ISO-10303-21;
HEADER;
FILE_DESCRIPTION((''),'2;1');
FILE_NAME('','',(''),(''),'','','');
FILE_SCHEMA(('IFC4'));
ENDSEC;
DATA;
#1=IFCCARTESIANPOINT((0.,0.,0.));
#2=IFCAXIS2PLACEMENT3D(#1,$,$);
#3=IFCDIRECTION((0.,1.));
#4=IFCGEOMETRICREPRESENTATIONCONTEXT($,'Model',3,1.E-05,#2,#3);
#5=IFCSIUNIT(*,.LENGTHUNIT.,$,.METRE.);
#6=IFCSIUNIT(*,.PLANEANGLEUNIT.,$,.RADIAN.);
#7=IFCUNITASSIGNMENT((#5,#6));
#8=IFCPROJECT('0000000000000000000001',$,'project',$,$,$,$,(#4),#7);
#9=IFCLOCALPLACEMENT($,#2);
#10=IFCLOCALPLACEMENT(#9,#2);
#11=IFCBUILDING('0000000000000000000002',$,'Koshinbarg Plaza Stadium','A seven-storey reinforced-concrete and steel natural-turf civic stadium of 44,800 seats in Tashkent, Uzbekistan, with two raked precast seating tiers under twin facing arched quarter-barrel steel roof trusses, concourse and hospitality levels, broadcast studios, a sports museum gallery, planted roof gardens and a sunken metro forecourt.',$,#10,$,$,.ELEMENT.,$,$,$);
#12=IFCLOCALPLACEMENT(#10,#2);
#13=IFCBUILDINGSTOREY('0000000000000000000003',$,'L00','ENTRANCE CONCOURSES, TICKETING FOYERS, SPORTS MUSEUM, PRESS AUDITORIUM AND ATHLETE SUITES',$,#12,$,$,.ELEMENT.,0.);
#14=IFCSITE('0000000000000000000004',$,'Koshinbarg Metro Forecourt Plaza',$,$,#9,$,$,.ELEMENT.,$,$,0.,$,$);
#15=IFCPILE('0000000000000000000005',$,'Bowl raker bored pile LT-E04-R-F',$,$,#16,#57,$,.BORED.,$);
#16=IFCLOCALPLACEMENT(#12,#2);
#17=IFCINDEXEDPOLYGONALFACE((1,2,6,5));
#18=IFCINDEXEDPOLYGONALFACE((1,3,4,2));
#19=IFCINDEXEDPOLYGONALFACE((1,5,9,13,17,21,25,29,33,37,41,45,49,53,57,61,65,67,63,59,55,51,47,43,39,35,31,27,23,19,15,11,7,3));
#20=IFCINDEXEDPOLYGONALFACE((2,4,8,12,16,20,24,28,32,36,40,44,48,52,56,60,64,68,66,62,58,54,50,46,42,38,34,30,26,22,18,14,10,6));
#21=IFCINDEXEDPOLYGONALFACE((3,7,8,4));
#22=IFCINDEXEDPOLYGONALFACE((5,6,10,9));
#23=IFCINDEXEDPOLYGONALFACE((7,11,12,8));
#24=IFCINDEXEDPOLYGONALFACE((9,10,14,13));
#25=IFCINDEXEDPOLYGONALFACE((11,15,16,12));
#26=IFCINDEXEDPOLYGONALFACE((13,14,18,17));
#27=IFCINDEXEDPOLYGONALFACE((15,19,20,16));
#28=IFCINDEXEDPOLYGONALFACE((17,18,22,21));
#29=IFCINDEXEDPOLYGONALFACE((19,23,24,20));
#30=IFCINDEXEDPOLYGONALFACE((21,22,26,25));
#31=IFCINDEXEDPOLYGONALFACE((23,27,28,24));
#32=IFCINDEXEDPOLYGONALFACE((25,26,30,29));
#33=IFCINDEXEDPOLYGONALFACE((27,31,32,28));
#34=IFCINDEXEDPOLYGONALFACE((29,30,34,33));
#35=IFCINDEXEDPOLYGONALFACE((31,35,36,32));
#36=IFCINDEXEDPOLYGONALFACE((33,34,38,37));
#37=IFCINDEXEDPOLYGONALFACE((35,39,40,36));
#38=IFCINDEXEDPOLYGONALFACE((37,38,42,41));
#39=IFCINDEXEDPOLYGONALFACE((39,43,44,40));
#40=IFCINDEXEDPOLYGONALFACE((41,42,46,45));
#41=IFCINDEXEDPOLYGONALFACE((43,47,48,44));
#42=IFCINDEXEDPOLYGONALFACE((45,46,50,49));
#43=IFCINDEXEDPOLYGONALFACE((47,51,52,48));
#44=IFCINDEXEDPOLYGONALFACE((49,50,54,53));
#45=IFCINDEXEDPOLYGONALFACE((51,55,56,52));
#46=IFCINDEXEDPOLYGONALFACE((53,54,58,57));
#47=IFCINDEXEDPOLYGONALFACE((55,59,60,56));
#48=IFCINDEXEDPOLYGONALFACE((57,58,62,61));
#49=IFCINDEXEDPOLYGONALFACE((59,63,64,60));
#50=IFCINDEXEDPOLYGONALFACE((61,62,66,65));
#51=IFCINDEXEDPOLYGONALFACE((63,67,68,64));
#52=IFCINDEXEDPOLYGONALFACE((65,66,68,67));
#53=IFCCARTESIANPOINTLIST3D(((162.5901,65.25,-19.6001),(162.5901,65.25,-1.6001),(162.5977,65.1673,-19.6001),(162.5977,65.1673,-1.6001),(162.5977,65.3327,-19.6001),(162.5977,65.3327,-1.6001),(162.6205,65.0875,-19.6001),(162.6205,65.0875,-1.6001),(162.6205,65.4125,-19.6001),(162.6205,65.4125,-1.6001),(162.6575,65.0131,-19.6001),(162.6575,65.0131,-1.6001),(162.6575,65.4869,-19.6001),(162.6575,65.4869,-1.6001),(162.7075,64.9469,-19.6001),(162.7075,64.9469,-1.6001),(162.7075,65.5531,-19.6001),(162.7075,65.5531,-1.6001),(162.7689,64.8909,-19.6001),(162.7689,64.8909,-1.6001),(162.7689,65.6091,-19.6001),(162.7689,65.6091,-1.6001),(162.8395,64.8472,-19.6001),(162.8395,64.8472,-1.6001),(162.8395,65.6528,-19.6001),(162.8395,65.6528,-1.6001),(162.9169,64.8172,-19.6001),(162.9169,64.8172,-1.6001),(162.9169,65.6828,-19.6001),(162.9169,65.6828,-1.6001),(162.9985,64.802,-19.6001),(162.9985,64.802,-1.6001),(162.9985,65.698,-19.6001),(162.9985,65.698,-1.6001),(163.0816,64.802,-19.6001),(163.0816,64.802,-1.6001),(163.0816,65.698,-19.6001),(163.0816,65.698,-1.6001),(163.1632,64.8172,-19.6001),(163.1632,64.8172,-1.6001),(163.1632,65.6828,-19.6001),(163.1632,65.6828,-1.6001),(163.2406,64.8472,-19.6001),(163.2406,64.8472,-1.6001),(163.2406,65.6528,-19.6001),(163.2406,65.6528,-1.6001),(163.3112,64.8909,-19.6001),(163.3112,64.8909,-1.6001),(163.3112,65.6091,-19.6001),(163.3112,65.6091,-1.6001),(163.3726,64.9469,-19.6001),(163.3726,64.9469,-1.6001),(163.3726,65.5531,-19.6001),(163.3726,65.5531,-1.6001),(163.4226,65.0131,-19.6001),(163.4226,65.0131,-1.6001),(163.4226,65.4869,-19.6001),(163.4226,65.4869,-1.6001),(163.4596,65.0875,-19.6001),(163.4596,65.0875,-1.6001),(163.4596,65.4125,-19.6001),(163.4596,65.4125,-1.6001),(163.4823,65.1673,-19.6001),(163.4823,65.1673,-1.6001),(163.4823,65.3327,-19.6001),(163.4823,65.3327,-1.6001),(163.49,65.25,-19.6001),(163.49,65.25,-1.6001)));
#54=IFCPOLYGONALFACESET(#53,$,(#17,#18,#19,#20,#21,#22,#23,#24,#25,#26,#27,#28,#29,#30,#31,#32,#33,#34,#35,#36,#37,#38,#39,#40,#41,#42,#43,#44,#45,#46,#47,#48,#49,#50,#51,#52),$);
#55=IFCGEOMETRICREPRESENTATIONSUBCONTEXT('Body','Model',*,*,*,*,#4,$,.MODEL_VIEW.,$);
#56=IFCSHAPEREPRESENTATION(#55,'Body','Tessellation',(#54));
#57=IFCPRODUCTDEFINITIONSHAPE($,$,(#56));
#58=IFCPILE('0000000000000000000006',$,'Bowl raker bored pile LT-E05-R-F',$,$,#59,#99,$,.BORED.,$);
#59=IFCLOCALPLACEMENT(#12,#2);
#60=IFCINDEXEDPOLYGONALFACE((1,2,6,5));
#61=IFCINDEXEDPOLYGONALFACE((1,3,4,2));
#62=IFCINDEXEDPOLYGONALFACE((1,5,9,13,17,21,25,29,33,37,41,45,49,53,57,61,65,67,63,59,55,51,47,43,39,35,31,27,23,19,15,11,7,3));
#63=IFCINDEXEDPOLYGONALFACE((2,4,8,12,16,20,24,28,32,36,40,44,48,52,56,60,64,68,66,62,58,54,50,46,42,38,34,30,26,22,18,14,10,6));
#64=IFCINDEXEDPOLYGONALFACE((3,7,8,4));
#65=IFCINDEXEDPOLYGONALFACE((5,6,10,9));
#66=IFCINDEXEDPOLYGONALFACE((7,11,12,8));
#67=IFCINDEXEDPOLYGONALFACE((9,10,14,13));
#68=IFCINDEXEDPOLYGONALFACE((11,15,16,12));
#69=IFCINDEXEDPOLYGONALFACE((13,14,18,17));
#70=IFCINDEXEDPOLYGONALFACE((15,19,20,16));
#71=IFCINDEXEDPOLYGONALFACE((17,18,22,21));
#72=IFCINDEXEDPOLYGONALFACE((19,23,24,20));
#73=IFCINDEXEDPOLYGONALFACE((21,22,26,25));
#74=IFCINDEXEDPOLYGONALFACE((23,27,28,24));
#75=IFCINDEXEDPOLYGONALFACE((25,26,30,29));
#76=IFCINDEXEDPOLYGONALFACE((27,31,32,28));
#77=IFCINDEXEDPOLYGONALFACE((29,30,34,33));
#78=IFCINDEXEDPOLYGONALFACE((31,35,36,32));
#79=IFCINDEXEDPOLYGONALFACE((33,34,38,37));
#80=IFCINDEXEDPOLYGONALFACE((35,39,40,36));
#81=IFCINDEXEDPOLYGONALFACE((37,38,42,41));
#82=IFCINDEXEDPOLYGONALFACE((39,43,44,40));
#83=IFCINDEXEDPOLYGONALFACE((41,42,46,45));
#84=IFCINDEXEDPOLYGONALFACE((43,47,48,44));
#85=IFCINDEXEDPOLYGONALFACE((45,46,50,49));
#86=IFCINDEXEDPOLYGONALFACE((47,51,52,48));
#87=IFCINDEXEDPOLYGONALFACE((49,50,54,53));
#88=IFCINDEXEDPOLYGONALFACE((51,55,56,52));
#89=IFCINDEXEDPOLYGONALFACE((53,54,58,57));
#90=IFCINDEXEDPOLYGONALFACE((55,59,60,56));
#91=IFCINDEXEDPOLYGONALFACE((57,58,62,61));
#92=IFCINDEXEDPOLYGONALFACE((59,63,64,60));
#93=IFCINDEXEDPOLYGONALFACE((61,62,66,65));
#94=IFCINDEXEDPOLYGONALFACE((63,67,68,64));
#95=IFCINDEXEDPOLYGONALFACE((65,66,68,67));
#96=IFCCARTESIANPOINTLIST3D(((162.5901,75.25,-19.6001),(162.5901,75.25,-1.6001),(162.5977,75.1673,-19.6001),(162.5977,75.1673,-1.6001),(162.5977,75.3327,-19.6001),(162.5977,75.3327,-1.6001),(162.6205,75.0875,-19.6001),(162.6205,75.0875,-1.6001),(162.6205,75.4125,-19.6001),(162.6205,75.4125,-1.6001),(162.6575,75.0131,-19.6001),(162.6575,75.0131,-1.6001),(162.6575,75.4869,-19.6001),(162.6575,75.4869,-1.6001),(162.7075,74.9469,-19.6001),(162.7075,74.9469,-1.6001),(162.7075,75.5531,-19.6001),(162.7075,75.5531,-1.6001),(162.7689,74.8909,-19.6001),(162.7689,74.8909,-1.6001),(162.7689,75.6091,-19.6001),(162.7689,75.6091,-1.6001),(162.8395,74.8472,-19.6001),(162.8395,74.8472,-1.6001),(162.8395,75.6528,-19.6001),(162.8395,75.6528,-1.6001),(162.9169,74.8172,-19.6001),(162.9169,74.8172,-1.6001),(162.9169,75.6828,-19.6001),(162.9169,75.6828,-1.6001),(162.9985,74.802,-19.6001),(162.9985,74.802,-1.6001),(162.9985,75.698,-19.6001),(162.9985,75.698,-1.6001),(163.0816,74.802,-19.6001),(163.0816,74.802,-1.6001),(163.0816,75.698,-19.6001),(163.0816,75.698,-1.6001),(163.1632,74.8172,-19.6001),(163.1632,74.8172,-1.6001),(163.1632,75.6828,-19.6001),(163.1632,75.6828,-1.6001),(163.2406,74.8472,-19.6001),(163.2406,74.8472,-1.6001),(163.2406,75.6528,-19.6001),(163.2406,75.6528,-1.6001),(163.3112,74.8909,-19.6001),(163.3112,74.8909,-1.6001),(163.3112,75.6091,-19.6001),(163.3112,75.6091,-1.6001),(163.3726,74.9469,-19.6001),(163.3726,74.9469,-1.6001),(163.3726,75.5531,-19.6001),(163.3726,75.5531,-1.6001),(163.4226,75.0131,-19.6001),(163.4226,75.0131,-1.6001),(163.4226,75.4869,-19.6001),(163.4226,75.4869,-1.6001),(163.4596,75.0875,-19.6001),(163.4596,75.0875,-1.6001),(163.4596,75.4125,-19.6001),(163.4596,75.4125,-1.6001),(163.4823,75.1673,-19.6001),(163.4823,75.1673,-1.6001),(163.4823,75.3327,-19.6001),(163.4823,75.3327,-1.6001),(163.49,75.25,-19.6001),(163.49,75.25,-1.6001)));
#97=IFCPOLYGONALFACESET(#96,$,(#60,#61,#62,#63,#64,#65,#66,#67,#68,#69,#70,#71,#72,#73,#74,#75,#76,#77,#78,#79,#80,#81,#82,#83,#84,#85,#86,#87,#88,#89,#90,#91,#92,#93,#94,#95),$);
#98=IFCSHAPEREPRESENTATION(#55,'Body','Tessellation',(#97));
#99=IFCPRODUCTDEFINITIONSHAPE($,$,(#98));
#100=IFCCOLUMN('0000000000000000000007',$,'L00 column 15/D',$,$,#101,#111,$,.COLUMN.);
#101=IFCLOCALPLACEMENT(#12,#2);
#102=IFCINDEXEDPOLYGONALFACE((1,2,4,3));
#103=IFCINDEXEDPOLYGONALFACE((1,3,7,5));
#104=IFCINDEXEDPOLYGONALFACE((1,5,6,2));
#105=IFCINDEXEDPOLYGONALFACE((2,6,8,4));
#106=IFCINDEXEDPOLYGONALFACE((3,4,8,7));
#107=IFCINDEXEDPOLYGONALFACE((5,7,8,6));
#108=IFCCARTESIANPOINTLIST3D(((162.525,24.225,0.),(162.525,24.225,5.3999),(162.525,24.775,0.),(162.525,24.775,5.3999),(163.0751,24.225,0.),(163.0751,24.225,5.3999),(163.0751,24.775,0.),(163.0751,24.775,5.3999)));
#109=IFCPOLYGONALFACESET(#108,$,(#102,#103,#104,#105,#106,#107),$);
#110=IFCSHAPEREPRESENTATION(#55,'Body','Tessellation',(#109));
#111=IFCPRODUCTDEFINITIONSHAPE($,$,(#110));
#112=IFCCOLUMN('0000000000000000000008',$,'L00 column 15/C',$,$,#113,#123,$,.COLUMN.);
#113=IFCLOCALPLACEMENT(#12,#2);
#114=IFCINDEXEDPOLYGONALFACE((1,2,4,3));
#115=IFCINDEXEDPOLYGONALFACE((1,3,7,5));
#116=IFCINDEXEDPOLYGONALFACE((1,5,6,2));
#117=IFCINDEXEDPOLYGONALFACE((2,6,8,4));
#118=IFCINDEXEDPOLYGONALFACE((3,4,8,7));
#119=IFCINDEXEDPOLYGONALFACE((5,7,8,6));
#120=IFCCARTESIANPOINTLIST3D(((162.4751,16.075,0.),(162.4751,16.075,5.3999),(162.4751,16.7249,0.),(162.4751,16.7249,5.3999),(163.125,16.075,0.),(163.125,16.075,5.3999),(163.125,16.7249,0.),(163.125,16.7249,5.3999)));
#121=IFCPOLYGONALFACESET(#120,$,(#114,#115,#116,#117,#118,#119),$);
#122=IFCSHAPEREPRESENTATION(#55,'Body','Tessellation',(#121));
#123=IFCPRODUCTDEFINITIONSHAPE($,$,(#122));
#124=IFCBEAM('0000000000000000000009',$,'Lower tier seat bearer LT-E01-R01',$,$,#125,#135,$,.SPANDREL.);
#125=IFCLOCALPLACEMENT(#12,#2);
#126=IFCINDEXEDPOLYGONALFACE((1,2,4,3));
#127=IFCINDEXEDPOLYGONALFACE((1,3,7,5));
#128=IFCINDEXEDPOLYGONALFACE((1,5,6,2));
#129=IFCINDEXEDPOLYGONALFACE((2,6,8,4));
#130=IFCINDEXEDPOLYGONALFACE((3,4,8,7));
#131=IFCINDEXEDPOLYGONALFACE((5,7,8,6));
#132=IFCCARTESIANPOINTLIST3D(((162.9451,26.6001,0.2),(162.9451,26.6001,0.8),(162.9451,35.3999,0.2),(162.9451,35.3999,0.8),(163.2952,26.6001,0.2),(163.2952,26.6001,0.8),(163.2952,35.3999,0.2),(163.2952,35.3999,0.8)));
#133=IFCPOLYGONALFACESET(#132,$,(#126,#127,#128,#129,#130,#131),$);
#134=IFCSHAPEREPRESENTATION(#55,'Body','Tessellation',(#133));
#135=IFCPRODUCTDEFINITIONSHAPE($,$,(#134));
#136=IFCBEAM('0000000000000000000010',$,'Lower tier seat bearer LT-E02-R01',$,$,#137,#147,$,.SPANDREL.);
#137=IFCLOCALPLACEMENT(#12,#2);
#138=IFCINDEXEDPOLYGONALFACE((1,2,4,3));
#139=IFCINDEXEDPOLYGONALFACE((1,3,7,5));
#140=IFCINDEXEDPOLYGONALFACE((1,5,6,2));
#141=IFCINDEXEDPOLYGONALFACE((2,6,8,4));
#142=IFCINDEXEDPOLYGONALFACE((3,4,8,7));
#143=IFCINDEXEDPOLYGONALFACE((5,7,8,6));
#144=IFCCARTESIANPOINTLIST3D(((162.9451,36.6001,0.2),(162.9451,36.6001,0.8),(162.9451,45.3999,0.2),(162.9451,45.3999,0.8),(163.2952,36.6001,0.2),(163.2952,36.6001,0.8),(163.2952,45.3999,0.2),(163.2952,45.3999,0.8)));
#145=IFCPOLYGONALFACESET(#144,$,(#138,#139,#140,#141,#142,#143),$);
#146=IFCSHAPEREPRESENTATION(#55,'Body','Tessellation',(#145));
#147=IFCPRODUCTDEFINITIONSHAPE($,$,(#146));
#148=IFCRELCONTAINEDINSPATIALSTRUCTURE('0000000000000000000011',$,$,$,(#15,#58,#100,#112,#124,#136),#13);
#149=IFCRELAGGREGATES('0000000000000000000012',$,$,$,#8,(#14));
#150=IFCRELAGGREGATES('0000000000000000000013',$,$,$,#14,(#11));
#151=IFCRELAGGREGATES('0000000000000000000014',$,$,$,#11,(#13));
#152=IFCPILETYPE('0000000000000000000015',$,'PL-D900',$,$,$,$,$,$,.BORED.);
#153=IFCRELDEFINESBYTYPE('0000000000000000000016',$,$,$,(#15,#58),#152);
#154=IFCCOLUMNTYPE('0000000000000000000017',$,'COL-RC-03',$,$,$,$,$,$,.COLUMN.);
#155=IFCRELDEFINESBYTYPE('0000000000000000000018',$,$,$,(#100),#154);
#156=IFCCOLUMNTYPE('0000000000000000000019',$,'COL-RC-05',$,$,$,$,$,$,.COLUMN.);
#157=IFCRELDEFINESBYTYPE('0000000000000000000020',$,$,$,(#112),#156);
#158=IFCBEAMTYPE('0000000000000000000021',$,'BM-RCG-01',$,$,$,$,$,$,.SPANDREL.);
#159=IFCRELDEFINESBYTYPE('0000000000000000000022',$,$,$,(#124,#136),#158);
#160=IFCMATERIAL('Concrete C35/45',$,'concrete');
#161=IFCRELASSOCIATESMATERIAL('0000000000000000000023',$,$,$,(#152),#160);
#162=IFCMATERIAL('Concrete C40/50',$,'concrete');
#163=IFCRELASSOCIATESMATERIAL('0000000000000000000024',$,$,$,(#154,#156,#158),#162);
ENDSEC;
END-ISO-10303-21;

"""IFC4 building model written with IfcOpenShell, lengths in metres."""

from ifc_helpers import new_model, si_unit, direction, frame, origin, origin_2d, place, context, subcontext, project, spatial, rectangle, circle, extrude, material, material_profile, profile_set, type_object, element, save


model = new_model("IFC4")

# Units and contexts
model_context = context("Model", 3, precision=1e-05, world=origin(), true_north=direction((0.0, 1.0)))
body_context = subcontext(model_context, "Body", "Model", "MODEL_VIEW")
ifc_project = project(units=[si_unit("LENGTHUNIT", "METRE"), si_unit("PLANEANGLEUNIT", "RADIAN")], contexts=[model_context])

# Site, building, storey
site_placement = place(None, origin())
site = spatial("IfcSite", under=ifc_project, at=site_placement, Name="Koshinbarg Metro Forecourt Plaza", CompositionType="ELEMENT", RefElevation=0.0)
building_placement = place(site_placement, origin())
building = spatial("IfcBuilding", under=site, at=building_placement, Name="Koshinbarg Plaza Stadium", Description="A seven-storey reinforced-concrete and steel natural-turf civic stadium of 44,800 seats in Tashkent, Uzbekistan, with two raked precast seating tiers under twin facing arched quarter-barrel steel roof trusses, concourse and hospitality levels, broadcast studios, a sports museum gallery, planted roof gardens and a sunken metro forecourt.", CompositionType="ELEMENT")
storey_placement = place(building_placement, origin())
storey = spatial("IfcBuildingStorey", under=building, at=storey_placement, Name="L00", Description="ENTRANCE CONCOURSES, TICKETING FOYERS, SPORTS MUSEUM, PRESS AUDITORIUM AND ATHLETE SUITES", CompositionType="ELEMENT", Elevation=0.0)

# Shared definitions
ifc_material_1 = material(Name="Concrete C35/45", Category="concrete")

# Piles
ifc_material_profile_1 = material_profile(ifc_material_1, circle(Radius=0.45, at=origin_2d()), Name="PILE D900")
ifc_profile_set_1 = profile_set([ifc_material_profile_1], Name="Concrete C35/45")
pile_type_1 = type_object("IfcPileType", Name="PL-D900", PredefinedType="BORED", material=ifc_profile_set_1)
for number, where, z_axis, x_axis, name in (
    (1, (163.04, 65.25, -1.6001), (0.0, 0.0, -1.0), (1.0, 0.0, 0.0), "Bowl raker bored pile LT-E04-R-F"),
    (2, (163.04, 75.25, -1.6001), (0.0, 0.0, -1.0), (1.0, 0.0, 0.0), "Bowl raker bored pile LT-E05-R-F"),
):
    element("IfcPile", number, at=place(storey_placement, frame(where, z_axis=z_axis, x_axis=x_axis)), inside=storey, type_object=pile_type_1, Name=name, PredefinedType="BORED", context=body_context, shape_type="SweptSolid", body=[
        extrude(circle(Radius=0.45, at=origin_2d()), origin(), (0.0, 0.0, 1.0), 18.0),
    ])

# Columns
ifc_material_2 = material(Name="Concrete C40/50", Category="concrete")
ifc_material_profile_2 = material_profile(ifc_material_2, rectangle(XDim=0.55, YDim=0.55, at=origin_2d()), Name="RC 550x550")
ifc_profile_set_2 = profile_set([ifc_material_profile_2], Name="Concrete C40/50")
column_type_1 = type_object("IfcColumnType", Name="COL-RC-03", PredefinedType="COLUMN", material=ifc_profile_set_2)
column_1_placement = place(storey_placement, frame((162.8, 24.5, 0.0), z_axis=(0.0, 0.0, 1.0), x_axis=(1.0, 0.0, 0.0)))
element("IfcColumn", 3, at=column_1_placement, inside=storey, type_object=column_type_1, Name="L00 column 15/D", PredefinedType="COLUMN", context=body_context, shape_type="SweptSolid", body=[
    extrude(rectangle(XDim=0.55, YDim=0.55, at=origin_2d()), origin(), (0.0, 0.0, 1.0), 5.3999),
])
ifc_material_profile_3 = material_profile(ifc_material_2, rectangle(XDim=0.6499, YDim=0.6499, at=origin_2d()), Name="RC 650x650")
ifc_profile_set_3 = profile_set([ifc_material_profile_3], Name="Concrete C40/50")
column_type_2 = type_object("IfcColumnType", Name="COL-RC-05", PredefinedType="COLUMN", material=ifc_profile_set_3)
column_2_placement = place(storey_placement, frame((162.8, 16.3999, 0.0), z_axis=(0.0, 0.0, 1.0), x_axis=(1.0, 0.0, 0.0)))
element("IfcColumn", 4, at=column_2_placement, inside=storey, type_object=column_type_2, Name="L00 column 15/C", PredefinedType="COLUMN", context=body_context, shape_type="SweptSolid", body=[
    extrude(rectangle(XDim=0.6499, YDim=0.6499, at=origin_2d()), origin(), (0.0, 0.0, 1.0), 5.3999),
])

# Beams
ifc_material_profile_4 = material_profile(ifc_material_2, rectangle(XDim=0.3501, YDim=0.6001, at=origin_2d()), Name="RC 350x600")
ifc_profile_set_4 = profile_set([ifc_material_profile_4], Name="Concrete C40/50")
beam_type = type_object("IfcBeamType", Name="BM-RCG-01", PredefinedType="SPANDREL", material=ifc_profile_set_4)
for number, where, z_axis, x_axis, name in (
    (5, (163.1201, 26.6001, 0.5), (0.0, 1.0, 0.0), (-1.0, 0.0, 0.0), "Lower tier seat bearer LT-E01-R01"),
    (6, (163.1201, 36.6001, 0.5), (0.0, 1.0, 0.0), (-1.0, 0.0, 0.0), "Lower tier seat bearer LT-E02-R01"),
):
    element("IfcBeam", number, at=place(storey_placement, frame(where, z_axis=z_axis, x_axis=x_axis)), inside=storey, type_object=beam_type, Name=name, PredefinedType="SPANDREL", context=body_context, shape_type="SweptSolid", body=[
        extrude(rectangle(XDim=0.3501, YDim=0.6001, at=origin_2d()), origin(), (0.0, 0.0, 1.0), 8.7998),
    ])

save(model, "model.ifc")
